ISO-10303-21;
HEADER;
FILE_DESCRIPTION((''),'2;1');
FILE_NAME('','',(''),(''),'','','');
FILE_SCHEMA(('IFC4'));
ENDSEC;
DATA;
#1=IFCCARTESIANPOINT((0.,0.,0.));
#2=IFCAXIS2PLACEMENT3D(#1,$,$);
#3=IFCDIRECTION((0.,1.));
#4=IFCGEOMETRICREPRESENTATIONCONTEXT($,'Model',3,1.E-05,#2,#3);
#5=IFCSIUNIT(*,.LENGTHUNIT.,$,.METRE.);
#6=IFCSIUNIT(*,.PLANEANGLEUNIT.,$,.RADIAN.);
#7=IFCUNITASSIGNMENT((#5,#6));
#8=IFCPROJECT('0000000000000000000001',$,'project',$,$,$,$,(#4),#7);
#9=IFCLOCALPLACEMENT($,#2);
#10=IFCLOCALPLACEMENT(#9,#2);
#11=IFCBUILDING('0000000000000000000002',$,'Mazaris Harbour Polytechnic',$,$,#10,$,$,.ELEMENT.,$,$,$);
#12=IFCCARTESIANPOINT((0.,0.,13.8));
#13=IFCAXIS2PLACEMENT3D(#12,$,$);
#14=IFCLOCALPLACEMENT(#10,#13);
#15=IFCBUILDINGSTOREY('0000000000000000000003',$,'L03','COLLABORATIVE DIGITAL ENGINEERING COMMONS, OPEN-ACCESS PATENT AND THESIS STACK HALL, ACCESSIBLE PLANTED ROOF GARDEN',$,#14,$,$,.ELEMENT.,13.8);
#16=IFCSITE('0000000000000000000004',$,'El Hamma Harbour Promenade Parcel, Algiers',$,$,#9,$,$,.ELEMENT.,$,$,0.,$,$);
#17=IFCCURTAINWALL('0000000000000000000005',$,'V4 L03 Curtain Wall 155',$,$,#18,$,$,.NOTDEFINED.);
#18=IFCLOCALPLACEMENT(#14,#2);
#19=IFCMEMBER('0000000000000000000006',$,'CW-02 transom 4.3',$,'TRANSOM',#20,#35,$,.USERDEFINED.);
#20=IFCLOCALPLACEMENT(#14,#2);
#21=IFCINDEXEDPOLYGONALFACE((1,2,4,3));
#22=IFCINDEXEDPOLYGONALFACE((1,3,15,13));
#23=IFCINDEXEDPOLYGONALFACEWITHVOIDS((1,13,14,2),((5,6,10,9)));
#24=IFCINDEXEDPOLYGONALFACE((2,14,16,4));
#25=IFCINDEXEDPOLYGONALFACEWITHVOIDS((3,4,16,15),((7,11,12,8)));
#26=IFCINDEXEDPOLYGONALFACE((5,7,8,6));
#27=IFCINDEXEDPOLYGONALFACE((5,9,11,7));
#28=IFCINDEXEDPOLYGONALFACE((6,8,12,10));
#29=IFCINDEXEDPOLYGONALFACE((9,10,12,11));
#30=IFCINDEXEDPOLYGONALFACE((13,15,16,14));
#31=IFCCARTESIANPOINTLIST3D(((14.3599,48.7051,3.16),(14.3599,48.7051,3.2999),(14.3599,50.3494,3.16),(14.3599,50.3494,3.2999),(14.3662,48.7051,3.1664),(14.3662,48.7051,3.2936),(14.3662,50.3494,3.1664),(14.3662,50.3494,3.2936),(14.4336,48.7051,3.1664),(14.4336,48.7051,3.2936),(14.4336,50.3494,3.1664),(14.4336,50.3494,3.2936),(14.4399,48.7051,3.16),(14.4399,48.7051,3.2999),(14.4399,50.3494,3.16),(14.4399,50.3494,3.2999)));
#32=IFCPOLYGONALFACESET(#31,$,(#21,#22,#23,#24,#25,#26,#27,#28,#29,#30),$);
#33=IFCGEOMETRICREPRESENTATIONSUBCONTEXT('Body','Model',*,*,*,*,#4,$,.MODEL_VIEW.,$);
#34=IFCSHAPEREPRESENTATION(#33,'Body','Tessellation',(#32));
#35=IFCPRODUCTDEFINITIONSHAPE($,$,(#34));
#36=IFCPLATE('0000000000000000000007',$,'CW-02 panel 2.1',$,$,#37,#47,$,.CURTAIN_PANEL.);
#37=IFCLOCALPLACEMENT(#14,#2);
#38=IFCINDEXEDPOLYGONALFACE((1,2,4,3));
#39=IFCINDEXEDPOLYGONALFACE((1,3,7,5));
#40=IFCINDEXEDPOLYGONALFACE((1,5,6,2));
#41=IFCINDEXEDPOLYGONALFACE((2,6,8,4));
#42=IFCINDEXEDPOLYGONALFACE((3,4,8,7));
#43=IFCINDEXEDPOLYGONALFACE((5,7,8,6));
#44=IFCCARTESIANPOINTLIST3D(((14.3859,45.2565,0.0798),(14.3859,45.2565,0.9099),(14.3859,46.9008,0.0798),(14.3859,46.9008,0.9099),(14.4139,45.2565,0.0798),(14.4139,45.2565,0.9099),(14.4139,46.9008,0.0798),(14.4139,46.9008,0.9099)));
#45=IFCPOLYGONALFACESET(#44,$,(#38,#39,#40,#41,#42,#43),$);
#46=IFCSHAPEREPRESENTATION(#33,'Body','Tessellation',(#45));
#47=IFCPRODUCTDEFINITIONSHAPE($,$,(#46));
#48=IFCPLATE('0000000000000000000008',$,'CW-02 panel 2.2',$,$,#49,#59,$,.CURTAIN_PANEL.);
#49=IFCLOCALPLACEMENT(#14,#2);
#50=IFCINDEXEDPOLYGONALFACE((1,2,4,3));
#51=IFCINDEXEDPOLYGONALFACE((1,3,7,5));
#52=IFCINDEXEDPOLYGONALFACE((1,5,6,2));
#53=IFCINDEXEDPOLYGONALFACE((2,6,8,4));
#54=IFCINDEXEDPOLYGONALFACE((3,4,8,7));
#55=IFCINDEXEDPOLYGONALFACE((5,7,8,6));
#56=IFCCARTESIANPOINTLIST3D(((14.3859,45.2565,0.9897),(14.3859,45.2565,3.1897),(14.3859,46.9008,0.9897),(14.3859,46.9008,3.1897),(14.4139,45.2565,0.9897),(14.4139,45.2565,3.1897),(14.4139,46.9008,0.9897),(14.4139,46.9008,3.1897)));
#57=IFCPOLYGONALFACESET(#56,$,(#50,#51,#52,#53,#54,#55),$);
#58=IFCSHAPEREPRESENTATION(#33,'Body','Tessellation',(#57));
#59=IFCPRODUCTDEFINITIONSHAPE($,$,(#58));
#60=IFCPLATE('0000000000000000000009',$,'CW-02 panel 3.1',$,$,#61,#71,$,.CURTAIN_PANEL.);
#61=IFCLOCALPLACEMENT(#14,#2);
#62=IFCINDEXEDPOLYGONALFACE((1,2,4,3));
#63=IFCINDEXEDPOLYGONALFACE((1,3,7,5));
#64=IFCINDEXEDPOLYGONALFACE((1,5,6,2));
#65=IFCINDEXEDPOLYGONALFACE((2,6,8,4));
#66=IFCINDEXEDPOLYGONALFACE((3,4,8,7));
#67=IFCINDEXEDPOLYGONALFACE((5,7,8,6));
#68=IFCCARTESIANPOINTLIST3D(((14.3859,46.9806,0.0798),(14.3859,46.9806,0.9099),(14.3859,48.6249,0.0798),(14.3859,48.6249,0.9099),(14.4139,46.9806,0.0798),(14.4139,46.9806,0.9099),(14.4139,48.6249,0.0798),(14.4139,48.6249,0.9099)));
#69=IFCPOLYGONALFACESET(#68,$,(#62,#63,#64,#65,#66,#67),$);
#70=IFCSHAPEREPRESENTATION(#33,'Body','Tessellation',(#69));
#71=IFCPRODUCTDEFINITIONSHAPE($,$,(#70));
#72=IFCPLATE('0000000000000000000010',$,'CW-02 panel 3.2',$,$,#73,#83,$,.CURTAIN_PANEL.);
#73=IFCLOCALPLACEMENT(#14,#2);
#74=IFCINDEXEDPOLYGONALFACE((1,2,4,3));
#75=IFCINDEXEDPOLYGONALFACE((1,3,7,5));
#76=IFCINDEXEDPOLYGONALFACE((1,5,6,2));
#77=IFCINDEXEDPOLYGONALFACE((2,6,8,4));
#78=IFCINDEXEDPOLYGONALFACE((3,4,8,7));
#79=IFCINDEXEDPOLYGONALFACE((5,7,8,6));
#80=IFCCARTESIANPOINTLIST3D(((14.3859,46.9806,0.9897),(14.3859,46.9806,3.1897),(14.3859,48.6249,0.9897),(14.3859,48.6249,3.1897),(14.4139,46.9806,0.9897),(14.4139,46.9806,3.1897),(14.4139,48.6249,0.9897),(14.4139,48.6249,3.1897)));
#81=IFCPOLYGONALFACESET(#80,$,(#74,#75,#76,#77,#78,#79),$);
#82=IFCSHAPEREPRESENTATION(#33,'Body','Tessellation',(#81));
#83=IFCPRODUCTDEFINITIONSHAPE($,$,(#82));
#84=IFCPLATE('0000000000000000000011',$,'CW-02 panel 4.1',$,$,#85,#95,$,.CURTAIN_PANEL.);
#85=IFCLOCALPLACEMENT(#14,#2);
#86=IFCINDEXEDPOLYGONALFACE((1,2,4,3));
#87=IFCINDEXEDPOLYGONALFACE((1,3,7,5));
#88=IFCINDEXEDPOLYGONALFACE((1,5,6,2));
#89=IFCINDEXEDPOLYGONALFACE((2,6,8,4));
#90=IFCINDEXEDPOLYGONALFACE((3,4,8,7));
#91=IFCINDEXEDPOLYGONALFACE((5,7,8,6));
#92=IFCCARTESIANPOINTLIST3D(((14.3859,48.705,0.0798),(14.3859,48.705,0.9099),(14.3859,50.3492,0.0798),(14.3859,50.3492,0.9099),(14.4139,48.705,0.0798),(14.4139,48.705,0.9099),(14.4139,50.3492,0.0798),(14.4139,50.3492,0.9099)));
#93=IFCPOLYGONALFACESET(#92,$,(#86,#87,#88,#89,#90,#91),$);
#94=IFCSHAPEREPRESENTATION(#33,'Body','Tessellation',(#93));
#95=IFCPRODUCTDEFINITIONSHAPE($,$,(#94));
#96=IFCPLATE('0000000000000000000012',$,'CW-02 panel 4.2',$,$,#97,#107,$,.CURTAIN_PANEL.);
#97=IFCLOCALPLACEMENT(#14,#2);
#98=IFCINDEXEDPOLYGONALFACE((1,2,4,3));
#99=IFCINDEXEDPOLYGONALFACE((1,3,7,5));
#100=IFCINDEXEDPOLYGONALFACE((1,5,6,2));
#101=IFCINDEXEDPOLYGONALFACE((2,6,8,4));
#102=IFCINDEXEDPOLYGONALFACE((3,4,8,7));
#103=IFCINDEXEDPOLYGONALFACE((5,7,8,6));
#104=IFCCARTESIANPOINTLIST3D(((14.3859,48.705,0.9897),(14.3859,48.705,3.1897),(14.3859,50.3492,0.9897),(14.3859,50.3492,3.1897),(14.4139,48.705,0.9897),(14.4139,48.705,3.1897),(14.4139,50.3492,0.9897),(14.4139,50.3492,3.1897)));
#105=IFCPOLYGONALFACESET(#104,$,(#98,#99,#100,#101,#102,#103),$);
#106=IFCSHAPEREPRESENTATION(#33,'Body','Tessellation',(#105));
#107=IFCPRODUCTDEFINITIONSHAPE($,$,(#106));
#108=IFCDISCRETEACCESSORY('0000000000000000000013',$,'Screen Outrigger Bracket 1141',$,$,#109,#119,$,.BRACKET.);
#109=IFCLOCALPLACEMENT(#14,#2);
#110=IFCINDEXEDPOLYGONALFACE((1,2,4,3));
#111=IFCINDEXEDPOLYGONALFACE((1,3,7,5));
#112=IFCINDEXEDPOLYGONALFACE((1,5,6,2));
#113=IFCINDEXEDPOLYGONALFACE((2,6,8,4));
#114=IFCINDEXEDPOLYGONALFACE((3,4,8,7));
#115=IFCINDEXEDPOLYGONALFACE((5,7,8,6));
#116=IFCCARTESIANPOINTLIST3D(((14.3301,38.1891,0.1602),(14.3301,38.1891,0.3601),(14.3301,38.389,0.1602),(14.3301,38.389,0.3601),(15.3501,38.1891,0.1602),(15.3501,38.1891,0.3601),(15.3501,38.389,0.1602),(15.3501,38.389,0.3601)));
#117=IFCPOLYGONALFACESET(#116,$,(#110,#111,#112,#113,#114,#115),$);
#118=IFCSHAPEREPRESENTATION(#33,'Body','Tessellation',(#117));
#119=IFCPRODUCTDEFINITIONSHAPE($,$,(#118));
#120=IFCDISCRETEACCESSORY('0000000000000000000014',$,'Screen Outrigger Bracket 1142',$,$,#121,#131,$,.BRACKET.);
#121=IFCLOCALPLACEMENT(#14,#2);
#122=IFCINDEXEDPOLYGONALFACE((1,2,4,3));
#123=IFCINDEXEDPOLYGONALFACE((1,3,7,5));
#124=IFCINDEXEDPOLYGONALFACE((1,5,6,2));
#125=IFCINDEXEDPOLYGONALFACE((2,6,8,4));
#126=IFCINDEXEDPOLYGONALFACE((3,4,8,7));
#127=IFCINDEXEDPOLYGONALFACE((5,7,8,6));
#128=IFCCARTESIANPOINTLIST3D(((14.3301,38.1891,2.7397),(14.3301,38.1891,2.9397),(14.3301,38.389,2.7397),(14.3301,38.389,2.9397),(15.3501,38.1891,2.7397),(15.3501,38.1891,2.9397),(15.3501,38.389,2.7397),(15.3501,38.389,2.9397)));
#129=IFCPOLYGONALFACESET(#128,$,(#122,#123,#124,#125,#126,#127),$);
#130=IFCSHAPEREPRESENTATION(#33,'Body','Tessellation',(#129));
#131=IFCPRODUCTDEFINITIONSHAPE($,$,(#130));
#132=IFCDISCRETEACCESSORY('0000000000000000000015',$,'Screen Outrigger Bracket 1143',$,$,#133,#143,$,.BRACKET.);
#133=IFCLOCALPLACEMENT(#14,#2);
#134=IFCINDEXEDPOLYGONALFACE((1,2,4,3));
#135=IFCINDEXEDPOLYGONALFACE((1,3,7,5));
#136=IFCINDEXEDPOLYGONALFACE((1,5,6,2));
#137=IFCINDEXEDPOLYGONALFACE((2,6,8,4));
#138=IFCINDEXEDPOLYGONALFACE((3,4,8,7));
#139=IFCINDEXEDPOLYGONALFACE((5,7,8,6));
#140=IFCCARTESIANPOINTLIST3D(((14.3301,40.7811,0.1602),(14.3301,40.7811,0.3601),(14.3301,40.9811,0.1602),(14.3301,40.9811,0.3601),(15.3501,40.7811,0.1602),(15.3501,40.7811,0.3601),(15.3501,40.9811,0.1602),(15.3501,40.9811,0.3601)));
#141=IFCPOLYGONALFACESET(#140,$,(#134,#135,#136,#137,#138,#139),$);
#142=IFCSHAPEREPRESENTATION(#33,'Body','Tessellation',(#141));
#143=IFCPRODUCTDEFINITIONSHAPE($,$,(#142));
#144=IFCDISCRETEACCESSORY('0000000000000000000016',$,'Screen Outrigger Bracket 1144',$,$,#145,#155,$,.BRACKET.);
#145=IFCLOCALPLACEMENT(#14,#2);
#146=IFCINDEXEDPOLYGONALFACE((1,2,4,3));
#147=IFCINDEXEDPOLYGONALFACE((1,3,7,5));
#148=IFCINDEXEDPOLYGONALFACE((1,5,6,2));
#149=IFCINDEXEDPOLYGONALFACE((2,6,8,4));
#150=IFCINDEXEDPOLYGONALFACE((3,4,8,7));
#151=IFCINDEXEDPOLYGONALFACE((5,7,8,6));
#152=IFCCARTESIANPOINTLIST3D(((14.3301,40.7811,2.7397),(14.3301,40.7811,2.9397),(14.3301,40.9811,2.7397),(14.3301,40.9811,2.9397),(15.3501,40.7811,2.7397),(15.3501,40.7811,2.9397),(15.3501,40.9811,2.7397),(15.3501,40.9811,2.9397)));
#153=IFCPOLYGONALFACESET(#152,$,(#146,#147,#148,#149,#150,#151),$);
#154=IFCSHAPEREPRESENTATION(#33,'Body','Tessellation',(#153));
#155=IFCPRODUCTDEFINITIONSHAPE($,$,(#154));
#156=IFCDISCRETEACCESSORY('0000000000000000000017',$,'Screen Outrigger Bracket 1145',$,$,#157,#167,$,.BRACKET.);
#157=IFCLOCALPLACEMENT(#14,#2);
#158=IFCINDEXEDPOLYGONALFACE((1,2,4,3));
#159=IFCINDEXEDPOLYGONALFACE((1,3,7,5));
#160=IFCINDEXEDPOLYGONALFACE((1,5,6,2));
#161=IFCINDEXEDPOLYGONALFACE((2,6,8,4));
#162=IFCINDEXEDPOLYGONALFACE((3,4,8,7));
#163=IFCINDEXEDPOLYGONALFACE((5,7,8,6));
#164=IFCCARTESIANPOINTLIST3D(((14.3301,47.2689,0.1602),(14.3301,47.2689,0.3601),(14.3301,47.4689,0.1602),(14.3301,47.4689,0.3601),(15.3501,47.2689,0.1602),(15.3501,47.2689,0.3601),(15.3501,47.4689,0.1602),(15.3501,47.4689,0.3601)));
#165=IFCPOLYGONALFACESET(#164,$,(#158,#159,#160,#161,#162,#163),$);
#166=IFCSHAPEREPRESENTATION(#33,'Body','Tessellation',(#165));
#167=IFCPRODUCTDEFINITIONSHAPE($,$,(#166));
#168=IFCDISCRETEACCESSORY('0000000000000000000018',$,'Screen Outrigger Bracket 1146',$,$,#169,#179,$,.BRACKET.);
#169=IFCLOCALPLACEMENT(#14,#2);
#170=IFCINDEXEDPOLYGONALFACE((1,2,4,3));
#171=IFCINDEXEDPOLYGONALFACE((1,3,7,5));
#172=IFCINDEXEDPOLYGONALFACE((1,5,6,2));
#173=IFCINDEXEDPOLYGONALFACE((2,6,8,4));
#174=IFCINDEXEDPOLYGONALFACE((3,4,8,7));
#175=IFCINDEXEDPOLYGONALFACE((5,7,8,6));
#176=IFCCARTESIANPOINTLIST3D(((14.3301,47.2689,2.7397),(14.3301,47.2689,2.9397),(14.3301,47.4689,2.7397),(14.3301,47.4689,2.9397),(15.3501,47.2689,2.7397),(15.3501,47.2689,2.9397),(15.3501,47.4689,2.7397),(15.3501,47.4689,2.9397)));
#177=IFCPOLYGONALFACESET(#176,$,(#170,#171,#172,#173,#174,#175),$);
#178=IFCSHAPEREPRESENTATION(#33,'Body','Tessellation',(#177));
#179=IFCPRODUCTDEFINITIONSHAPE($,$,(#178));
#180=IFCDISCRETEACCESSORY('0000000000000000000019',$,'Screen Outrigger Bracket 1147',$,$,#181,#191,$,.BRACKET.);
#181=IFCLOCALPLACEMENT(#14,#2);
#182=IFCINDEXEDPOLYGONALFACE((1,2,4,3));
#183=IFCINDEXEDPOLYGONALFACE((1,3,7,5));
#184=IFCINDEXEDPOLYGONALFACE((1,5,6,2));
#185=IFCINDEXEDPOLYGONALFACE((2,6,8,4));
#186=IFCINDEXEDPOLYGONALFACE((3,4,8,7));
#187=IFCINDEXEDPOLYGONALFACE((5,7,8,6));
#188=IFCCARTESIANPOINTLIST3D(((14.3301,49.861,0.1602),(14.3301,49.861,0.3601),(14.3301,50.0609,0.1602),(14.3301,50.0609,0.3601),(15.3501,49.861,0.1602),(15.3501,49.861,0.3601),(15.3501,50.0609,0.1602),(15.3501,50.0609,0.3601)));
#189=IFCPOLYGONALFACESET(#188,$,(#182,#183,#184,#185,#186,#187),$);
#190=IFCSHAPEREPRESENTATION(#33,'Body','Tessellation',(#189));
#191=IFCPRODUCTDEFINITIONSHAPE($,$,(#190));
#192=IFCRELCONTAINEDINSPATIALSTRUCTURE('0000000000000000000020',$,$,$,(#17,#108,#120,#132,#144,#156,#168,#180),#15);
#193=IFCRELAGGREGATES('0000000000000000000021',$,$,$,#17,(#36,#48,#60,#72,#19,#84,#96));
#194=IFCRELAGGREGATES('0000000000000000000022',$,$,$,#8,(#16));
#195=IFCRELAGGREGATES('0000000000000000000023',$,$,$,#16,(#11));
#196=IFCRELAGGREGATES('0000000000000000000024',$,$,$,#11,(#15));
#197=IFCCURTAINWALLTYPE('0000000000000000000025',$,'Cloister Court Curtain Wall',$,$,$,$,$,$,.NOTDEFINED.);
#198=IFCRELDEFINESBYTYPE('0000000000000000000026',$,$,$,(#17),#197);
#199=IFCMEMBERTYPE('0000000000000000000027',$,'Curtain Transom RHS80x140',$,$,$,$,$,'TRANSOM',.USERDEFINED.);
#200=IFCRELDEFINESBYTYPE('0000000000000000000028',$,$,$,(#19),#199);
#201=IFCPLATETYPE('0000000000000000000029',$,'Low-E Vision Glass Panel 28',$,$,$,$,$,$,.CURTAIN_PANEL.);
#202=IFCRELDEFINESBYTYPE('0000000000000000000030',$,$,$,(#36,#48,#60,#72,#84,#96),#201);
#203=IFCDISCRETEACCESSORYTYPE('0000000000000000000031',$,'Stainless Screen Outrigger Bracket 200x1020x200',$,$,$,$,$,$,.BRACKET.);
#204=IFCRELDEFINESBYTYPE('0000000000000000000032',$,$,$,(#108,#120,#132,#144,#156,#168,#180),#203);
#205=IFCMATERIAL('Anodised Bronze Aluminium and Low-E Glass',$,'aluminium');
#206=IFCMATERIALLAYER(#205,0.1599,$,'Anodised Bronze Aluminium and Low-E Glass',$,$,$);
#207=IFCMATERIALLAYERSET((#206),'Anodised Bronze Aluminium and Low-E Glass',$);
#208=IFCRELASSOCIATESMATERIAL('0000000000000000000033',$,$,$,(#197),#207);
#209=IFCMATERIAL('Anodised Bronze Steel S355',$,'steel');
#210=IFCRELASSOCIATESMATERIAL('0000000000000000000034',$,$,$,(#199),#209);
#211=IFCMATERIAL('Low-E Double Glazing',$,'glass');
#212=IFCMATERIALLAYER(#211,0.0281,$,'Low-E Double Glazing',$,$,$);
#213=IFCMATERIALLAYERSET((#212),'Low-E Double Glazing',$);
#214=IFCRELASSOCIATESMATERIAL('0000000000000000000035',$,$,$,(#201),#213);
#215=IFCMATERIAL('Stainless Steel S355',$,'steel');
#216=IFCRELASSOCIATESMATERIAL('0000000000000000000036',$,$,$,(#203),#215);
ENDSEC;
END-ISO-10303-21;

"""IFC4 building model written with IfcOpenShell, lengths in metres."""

from ifc_helpers import new_model, si_unit, direction, frame, origin, origin_2d, place, context, subcontext, project, spatial, rectangle, hollow_rectangle, extrude, material, layer, layer_set, material_profile, profile_set, type_object, element, aggregate, save


model = new_model("IFC4")

# Units and contexts
model_context = context("Model", 3, precision=1e-05, world=origin(), true_north=direction((0.0, 1.0)))
body_context = subcontext(model_context, "Body", "Model", "MODEL_VIEW")
ifc_project = project(units=[si_unit("LENGTHUNIT", "METRE"), si_unit("PLANEANGLEUNIT", "RADIAN")], contexts=[model_context])

# Site, building, storey
site_placement = place(None, origin())
site = spatial("IfcSite", under=ifc_project, at=site_placement, Name="El Hamma Harbour Promenade Parcel, Algiers", CompositionType="ELEMENT", RefElevation=0.0)
building_placement = place(site_placement, origin())
building = spatial("IfcBuilding", under=site, at=building_placement, Name="Mazaris Harbour Polytechnic", CompositionType="ELEMENT")
storey_placement = place(building_placement, frame((0.0, 0.0, 13.8)))
storey = spatial("IfcBuildingStorey", under=building, at=storey_placement, Name="L03", Description="COLLABORATIVE DIGITAL ENGINEERING COMMONS, OPEN-ACCESS PATENT AND THESIS STACK HALL, ACCESSIBLE PLANTED ROOF GARDEN", CompositionType="ELEMENT", Elevation=13.8)

# Curtain wall, member, plates
ifc_material_1 = material(Name="Anodised Bronze Aluminium and Low-E Glass", Category="aluminium")
ifc_layer_1 = layer(ifc_material_1, 0.1599, Name="Anodised Bronze Aluminium and Low-E Glass")
ifc_layer_set_1 = layer_set([ifc_layer_1], Name="Anodised Bronze Aluminium and Low-E Glass")
curtain_wall_type = type_object("IfcCurtainWallType", Name="Cloister Court Curtain Wall", PredefinedType="NOTDEFINED", material=ifc_layer_set_1)
curtain_wall_placement = place(storey_placement, origin())
curtain_wall = element("IfcCurtainWall", 1, at=curtain_wall_placement, inside=storey, type_object=curtain_wall_type, Name="V4 L03 Curtain Wall 155", PredefinedType="NOTDEFINED")
ifc_material_2 = material(Name="Anodised Bronze Steel S355", Category="steel")
ifc_material_profile_1 = material_profile(ifc_material_2, hollow_rectangle(XDim=0.0801, YDim=0.1399, WallThickness=0.0063, at=origin_2d()), Name="RHS 80x140x6.3")
ifc_profile_set_1 = profile_set([ifc_material_profile_1], Name="Anodised Bronze Steel S355")
member_type_1 = type_object("IfcMemberType", Name="Curtain Transom RHS80x140", ElementType="TRANSOM", PredefinedType="USERDEFINED", material=ifc_profile_set_1)
member_1_placement = place(storey_placement, frame((14.3999, 48.7051, 3.23), z_axis=(0.0, 1.0, 0.0), x_axis=(-1.0, 0.0, 0.0)))
member_1 = element("IfcMember", 2, at=member_1_placement, type_object=member_type_1, Name="CW-02 transom 4.3", ObjectType="TRANSOM", PredefinedType="USERDEFINED", context=body_context, shape_type="SweptSolid", body=[
    extrude(hollow_rectangle(XDim=0.0801, YDim=0.1399, WallThickness=0.0063, at=origin_2d()), origin(), (0.0, 0.0, 1.0), 1.6443),
])
ifc_material_3 = material(Name="Low-E Double Glazing", Category="glass")
ifc_layer_2 = layer(ifc_material_3, 0.0281, Name="Low-E Double Glazing")
ifc_layer_set_2 = layer_set([ifc_layer_2], Name="Low-E Double Glazing")
plate_type = type_object("IfcPlateType", Name="Low-E Vision Glass Panel 28", PredefinedType="CURTAIN_PANEL", material=ifc_layer_set_2)
plate_1_placement = place(storey_placement, frame((14.3999, 46.0786, 0.0798), z_axis=(0.0, 0.0, 1.0), x_axis=(0.0, 1.0, 0.0)))
plate_1 = element("IfcPlate", 3, at=plate_1_placement, type_object=plate_type, Name="CW-02 panel 2.1", PredefinedType="CURTAIN_PANEL", context=body_context, shape_type="SweptSolid", body=[
    extrude(rectangle(XDim=1.6443, YDim=0.0281, at=origin_2d()), origin(), (0.0, 0.0, 1.0), 0.8301),
])
plate_2_placement = place(storey_placement, frame((14.3999, 46.0786, 0.9897), z_axis=(0.0, 0.0, 1.0), x_axis=(0.0, 1.0, 0.0)))
plate_2 = element("IfcPlate", 4, at=plate_2_placement, type_object=plate_type, Name="CW-02 panel 2.2", PredefinedType="CURTAIN_PANEL", context=body_context, shape_type="SweptSolid", body=[
    extrude(rectangle(XDim=1.6443, YDim=0.0281, at=origin_2d()), origin(), (0.0, 0.0, 1.0), 2.2),
])
plate_3_placement = place(storey_placement, frame((14.3999, 47.8027, 0.0798), z_axis=(0.0, 0.0, 1.0), x_axis=(0.0, 1.0, 0.0)))
plate_3 = element("IfcPlate", 5, at=plate_3_placement, type_object=plate_type, Name="CW-02 panel 3.1", PredefinedType="CURTAIN_PANEL", context=body_context, shape_type="SweptSolid", body=[
    extrude(rectangle(XDim=1.6443, YDim=0.0281, at=origin_2d()), origin(), (0.0, 0.0, 1.0), 0.8301),
])
plate_4_placement = place(storey_placement, frame((14.3999, 47.8027, 0.9897), z_axis=(0.0, 0.0, 1.0), x_axis=(0.0, 1.0, 0.0)))
plate_4 = element("IfcPlate", 6, at=plate_4_placement, type_object=plate_type, Name="CW-02 panel 3.2", PredefinedType="CURTAIN_PANEL", context=body_context, shape_type="SweptSolid", body=[
    extrude(rectangle(XDim=1.6443, YDim=0.0281, at=origin_2d()), origin(), (0.0, 0.0, 1.0), 2.2),
])
plate_5_placement = place(storey_placement, frame((14.3999, 49.5271, 0.0798), z_axis=(0.0, 0.0, 1.0), x_axis=(0.0, 1.0, 0.0)))
plate_5 = element("IfcPlate", 7, at=plate_5_placement, type_object=plate_type, Name="CW-02 panel 4.1", PredefinedType="CURTAIN_PANEL", context=body_context, shape_type="SweptSolid", body=[
    extrude(rectangle(XDim=1.6443, YDim=0.0281, at=origin_2d()), origin(), (0.0, 0.0, 1.0), 0.8301),
])
plate_6_placement = place(storey_placement, frame((14.3999, 49.5271, 0.9897), z_axis=(0.0, 0.0, 1.0), x_axis=(0.0, 1.0, 0.0)))
plate_6 = element("IfcPlate", 8, at=plate_6_placement, type_object=plate_type, Name="CW-02 panel 4.2", PredefinedType="CURTAIN_PANEL", context=body_context, shape_type="SweptSolid", body=[
    extrude(rectangle(XDim=1.6443, YDim=0.0281, at=origin_2d()), origin(), (0.0, 0.0, 1.0), 2.2),
])
aggregate(curtain_wall, [plate_1, plate_2, plate_3, plate_4, member_1, plate_5, plate_6])

# Discrete accessories
ifc_material_4 = material(Name="Stainless Steel S355", Category="steel")
discrete_accessory_type = type_object("IfcDiscreteAccessoryType", Name="Stainless Screen Outrigger Bracket 200x1020x200", PredefinedType="BRACKET", material=ifc_material_4)
for number, where, z_axis, x_axis, name in (
    (9, (14.8401, 38.2891, 0.1602), (0.0, 0.0, 1.0), (0.0, 1.0, 0.0), "Screen Outrigger Bracket 1141"),
    (10, (14.8401, 38.2891, 2.7397), (0.0, 0.0, 1.0), (0.0, 1.0, 0.0), "Screen Outrigger Bracket 1142"),
    (11, (14.8401, 40.8811, 0.1602), (0.0, 0.0, 1.0), (0.0, 1.0, 0.0), "Screen Outrigger Bracket 1143"),
    (12, (14.8401, 40.8811, 2.7397), (0.0, 0.0, 1.0), (0.0, 1.0, 0.0), "Screen Outrigger Bracket 1144"),
    (13, (14.8401, 47.3689, 0.1602), (0.0, 0.0, 1.0), (0.0, 1.0, 0.0), "Screen Outrigger Bracket 1145"),
    (14, (14.8401, 47.3689, 2.7397), (0.0, 0.0, 1.0), (0.0, 1.0, 0.0), "Screen Outrigger Bracket 1146"),
    (15, (14.8401, 49.9609, 0.1602), (0.0, 0.0, 1.0), (0.0, 1.0, 0.0), "Screen Outrigger Bracket 1147"),
):
    element("IfcDiscreteAccessory", number, at=place(storey_placement, frame(where, z_axis=z_axis, x_axis=x_axis)), inside=storey, type_object=discrete_accessory_type, Name=name, PredefinedType="BRACKET", context=body_context, shape_type="SweptSolid", body=[
        extrude(rectangle(XDim=0.2, YDim=1.02, at=origin_2d()), origin(), (0.0, 0.0, 1.0), 0.2),
    ])

save(model, "model.ifc")
